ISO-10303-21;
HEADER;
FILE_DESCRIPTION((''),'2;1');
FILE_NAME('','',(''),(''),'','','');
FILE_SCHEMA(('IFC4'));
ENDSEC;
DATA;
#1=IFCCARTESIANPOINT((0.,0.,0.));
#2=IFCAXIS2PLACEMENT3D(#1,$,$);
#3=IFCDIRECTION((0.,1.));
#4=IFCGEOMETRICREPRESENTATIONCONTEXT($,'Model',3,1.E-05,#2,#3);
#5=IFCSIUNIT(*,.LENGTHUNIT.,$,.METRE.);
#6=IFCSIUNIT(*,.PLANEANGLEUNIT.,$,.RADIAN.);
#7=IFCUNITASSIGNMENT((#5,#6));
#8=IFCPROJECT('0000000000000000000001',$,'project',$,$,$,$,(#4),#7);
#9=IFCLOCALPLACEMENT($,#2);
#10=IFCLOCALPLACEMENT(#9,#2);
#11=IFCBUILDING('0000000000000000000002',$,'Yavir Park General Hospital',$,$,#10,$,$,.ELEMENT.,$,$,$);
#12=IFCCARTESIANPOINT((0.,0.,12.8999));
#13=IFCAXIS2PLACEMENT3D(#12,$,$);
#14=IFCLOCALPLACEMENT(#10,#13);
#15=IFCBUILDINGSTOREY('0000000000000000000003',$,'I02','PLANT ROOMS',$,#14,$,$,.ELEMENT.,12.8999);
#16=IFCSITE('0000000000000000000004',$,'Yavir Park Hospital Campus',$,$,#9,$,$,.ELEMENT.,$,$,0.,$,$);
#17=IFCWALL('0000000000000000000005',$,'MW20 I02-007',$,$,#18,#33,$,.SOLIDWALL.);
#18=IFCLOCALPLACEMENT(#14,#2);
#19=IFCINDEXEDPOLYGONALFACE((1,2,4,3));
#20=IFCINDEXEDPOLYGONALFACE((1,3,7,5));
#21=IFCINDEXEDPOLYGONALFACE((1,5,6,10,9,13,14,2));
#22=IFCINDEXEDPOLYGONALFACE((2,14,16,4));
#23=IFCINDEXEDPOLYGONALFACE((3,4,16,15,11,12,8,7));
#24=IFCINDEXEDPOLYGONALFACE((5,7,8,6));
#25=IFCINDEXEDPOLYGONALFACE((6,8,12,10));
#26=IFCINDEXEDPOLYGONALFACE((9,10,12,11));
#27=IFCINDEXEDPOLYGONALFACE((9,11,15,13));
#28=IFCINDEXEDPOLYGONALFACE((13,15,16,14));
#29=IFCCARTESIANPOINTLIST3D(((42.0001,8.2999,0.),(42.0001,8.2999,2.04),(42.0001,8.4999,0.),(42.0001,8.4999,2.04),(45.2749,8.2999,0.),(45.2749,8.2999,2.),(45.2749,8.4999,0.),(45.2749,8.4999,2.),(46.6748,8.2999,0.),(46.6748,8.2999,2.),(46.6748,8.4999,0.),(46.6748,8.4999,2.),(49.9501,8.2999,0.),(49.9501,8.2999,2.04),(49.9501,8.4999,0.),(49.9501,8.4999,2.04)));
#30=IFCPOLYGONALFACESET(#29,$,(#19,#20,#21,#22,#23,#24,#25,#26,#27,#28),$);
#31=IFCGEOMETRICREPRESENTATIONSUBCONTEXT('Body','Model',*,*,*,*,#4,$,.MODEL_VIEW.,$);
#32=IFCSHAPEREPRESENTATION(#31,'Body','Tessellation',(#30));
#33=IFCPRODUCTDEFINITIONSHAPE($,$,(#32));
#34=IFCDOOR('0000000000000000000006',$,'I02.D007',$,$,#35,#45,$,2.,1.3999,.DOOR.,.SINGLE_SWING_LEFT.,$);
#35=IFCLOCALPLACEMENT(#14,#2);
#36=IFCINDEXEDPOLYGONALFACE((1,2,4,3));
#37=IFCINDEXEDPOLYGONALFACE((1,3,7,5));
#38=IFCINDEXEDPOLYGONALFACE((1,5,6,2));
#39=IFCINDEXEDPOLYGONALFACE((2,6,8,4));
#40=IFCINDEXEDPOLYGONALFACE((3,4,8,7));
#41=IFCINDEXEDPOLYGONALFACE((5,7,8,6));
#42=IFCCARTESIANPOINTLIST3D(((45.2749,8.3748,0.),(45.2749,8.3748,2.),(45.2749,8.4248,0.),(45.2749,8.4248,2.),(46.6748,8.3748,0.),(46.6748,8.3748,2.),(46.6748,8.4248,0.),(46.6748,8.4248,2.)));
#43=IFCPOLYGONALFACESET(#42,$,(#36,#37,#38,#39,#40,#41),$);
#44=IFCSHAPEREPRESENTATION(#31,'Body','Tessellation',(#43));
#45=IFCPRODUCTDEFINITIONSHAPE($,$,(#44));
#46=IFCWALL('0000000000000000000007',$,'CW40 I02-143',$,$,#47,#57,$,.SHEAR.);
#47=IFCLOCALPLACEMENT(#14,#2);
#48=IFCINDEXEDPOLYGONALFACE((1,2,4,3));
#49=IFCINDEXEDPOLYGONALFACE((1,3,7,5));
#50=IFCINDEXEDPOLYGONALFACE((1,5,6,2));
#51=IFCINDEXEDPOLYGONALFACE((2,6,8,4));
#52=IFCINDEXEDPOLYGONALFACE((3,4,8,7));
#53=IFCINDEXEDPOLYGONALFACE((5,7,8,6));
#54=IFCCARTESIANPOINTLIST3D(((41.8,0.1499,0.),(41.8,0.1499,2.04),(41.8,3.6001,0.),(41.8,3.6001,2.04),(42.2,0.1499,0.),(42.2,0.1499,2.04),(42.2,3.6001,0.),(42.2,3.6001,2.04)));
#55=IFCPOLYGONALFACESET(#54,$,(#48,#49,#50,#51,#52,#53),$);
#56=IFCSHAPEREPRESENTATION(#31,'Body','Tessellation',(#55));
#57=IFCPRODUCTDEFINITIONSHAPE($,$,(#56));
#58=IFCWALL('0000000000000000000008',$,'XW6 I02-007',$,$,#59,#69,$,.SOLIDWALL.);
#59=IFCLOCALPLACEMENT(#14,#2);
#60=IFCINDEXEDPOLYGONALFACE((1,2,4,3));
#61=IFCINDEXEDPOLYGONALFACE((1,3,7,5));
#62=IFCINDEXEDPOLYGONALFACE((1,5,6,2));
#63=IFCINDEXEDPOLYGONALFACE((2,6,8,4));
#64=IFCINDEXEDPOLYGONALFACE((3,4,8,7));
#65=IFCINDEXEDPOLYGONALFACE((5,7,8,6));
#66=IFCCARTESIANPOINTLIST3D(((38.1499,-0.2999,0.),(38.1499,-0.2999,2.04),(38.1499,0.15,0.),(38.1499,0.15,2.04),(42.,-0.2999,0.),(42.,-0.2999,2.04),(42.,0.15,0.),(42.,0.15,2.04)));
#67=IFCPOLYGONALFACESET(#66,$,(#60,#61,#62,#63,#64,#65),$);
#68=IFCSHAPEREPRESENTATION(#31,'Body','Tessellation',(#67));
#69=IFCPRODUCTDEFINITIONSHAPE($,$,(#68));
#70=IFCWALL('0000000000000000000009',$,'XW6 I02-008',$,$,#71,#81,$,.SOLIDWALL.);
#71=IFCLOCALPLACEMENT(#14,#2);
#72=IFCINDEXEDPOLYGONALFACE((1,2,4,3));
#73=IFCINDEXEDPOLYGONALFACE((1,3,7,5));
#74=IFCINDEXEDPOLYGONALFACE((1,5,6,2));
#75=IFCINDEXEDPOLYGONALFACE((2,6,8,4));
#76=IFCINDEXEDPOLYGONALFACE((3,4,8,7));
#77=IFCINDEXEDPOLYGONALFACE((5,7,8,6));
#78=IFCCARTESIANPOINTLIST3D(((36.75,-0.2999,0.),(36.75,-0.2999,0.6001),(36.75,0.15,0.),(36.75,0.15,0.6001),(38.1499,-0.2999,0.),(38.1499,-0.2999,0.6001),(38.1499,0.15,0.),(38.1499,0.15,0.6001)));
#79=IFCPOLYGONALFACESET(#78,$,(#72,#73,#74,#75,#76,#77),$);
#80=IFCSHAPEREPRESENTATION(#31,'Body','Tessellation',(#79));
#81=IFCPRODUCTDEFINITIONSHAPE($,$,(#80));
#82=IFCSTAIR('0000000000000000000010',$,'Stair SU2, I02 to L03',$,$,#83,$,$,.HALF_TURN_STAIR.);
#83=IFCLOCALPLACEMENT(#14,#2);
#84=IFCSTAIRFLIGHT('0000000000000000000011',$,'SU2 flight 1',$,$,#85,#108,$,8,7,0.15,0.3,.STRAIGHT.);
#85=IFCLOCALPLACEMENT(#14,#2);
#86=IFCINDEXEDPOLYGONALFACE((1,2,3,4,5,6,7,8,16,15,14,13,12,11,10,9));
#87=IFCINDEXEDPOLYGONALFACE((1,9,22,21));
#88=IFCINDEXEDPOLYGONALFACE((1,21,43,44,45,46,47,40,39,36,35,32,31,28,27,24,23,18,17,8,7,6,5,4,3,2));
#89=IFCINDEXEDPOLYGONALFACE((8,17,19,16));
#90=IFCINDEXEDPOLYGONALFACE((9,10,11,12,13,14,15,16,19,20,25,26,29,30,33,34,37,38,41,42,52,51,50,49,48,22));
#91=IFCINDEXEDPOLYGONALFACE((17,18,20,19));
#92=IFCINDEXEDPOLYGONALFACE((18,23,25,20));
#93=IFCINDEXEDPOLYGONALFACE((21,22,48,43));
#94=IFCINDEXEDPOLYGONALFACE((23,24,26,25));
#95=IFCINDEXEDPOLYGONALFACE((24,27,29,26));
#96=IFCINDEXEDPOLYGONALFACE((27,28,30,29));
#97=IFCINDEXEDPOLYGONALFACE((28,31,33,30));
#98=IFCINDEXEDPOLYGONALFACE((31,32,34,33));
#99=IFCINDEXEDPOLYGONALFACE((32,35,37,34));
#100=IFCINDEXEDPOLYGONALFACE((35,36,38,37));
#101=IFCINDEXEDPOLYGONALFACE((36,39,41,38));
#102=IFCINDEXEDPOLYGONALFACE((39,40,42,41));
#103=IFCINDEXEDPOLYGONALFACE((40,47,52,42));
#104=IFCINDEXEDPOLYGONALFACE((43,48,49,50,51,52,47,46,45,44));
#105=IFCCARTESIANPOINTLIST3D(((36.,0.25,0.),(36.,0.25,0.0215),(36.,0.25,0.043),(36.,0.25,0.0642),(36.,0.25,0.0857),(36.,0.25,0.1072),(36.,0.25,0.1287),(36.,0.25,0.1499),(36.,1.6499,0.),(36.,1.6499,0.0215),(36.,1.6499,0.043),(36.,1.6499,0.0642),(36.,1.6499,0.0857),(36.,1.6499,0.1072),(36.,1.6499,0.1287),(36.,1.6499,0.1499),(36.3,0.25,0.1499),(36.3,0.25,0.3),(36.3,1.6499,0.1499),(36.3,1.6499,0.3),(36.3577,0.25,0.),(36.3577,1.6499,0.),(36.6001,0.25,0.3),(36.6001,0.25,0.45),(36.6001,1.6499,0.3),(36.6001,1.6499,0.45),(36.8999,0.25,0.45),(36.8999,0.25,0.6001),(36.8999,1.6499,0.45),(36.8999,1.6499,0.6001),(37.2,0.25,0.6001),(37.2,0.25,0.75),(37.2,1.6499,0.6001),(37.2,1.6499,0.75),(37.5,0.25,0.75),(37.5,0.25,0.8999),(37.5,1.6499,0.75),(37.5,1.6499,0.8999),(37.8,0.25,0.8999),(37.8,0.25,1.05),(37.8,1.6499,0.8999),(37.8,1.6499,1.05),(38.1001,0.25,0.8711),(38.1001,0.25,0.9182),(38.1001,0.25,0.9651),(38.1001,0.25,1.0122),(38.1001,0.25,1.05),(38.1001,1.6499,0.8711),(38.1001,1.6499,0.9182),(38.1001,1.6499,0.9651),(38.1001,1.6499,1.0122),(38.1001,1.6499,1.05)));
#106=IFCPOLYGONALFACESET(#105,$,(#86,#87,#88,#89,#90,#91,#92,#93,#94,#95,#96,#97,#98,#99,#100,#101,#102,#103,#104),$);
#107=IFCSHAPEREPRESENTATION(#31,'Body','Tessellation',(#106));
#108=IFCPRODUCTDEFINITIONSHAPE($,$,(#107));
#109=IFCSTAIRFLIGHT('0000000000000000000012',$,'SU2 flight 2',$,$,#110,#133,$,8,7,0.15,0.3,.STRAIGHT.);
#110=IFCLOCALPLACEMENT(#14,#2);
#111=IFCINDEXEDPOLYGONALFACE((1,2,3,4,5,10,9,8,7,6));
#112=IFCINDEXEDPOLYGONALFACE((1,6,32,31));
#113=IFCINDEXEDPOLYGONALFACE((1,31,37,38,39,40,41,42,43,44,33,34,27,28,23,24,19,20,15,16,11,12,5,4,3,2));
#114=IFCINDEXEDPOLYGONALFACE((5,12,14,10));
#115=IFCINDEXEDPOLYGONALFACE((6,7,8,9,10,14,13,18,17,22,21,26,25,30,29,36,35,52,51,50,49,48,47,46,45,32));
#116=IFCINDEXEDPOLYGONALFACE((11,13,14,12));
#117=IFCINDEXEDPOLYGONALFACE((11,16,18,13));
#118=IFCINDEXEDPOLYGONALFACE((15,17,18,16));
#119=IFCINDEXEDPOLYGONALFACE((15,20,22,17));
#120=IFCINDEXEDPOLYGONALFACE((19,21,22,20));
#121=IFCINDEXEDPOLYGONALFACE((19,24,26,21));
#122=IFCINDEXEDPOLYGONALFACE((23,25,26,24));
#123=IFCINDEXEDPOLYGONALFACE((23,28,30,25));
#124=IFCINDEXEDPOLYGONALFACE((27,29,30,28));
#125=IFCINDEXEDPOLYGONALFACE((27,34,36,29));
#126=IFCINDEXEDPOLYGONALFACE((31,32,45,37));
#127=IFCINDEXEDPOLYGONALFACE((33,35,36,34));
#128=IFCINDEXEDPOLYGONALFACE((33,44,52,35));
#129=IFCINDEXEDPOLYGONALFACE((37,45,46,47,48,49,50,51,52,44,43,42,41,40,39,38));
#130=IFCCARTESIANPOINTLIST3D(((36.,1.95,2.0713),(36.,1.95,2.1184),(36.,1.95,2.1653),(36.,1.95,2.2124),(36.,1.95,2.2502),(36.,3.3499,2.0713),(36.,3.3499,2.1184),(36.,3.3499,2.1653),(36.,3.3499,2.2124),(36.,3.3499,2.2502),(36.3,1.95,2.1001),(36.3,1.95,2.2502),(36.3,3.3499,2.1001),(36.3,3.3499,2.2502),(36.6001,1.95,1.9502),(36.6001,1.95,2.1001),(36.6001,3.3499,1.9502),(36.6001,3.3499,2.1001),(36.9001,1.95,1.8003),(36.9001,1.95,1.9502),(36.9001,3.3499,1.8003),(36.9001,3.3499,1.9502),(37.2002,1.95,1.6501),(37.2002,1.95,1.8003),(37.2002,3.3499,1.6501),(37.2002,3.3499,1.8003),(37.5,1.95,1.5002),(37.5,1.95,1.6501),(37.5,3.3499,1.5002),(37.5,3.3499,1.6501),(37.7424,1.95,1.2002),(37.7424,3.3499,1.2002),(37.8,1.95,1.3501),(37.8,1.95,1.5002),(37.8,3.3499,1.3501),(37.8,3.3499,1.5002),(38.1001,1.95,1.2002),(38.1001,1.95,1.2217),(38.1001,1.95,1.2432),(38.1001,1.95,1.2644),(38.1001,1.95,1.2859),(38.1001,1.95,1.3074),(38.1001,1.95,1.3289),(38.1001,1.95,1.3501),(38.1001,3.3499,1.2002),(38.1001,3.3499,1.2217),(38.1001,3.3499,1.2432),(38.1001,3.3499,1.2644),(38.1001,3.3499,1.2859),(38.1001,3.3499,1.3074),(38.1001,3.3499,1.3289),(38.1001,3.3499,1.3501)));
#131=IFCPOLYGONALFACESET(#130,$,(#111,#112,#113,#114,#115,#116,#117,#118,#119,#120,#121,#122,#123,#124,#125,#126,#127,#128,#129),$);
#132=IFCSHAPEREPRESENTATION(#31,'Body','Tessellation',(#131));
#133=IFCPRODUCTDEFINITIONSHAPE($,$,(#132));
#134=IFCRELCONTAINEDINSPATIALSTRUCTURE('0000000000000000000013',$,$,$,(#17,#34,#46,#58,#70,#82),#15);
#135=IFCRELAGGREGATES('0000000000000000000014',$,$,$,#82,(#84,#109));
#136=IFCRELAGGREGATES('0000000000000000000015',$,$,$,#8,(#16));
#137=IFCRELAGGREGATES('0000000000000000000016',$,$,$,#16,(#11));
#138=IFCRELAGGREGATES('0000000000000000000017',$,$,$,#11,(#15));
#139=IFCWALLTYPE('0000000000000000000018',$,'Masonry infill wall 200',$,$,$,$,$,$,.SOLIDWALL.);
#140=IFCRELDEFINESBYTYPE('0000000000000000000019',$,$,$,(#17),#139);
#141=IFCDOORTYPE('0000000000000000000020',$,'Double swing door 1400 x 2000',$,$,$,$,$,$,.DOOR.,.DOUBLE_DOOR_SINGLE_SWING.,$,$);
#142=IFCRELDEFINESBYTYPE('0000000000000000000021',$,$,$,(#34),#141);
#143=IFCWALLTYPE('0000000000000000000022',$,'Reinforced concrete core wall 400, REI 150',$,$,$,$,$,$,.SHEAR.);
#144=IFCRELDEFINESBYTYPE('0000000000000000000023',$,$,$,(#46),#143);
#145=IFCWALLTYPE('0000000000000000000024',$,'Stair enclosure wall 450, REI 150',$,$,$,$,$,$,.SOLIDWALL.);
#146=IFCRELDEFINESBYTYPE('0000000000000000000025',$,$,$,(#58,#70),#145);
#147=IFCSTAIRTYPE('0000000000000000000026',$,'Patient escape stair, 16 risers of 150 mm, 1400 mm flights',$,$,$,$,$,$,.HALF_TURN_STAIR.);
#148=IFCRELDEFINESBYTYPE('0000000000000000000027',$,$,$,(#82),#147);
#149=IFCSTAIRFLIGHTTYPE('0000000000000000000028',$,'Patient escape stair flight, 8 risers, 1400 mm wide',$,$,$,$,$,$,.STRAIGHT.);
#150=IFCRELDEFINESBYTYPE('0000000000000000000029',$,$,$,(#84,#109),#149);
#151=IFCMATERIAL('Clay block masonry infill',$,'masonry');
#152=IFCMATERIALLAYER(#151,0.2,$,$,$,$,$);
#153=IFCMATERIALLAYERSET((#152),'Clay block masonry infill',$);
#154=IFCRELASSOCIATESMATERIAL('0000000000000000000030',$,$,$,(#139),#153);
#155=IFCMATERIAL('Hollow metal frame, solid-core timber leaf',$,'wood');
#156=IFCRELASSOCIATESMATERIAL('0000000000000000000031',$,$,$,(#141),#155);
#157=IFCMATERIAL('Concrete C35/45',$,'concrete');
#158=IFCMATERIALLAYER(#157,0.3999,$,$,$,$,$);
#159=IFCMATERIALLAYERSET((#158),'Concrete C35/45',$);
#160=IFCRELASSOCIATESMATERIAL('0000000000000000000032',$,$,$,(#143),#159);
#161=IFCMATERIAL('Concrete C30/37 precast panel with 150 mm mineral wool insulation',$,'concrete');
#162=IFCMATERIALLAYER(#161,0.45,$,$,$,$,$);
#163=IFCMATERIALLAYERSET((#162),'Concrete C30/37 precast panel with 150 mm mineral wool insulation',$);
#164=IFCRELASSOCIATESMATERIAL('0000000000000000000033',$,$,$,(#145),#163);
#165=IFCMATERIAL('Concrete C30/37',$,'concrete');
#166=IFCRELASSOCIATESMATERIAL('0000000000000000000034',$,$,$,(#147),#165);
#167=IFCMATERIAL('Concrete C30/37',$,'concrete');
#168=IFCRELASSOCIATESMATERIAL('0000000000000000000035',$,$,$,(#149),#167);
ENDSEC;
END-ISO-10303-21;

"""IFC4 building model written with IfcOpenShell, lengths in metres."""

from ifc_helpers import new_model, si_unit, direction, frame, frame_2d, origin, place, context, subcontext, project, spatial, polyline, rectangle, outline, extrude, material, layer, layer_set, type_object, element, fill, aggregate, save


model = new_model("IFC4")

# Units and contexts
model_context = context("Model", 3, precision=1e-05, world=origin(), true_north=direction((0.0, 1.0)))
body_context = subcontext(model_context, "Body", "Model", "MODEL_VIEW")
ifc_project = project(units=[si_unit("LENGTHUNIT", "METRE"), si_unit("PLANEANGLEUNIT", "RADIAN")], contexts=[model_context])

# Site, building, storey
site_placement = place(None, origin())
site = spatial("IfcSite", under=ifc_project, at=site_placement, Name="Yavir Park Hospital Campus", CompositionType="ELEMENT", RefElevation=0.0)
building_placement = place(site_placement, origin())
building = spatial("IfcBuilding", under=site, at=building_placement, Name="Yavir Park General Hospital", CompositionType="ELEMENT")
storey_placement = place(building_placement, frame((0.0, 0.0, 12.8999)))
storey = spatial("IfcBuildingStorey", under=building, at=storey_placement, Name="I02", Description="PLANT ROOMS", CompositionType="ELEMENT", Elevation=12.8999)

# Wall, opening, door
ifc_material_1 = material(Name="Clay block masonry infill", Category="masonry")
ifc_layer_1 = layer(ifc_material_1, 0.2)
ifc_layer_set_1 = layer_set([ifc_layer_1], Name="Clay block masonry infill")
wall_type_1 = type_object("IfcWallType", Name="Masonry infill wall 200", PredefinedType="SOLIDWALL", material=ifc_layer_set_1)
wall_1_placement = place(storey_placement, frame((42.0, 8.3999, 0.0), z_axis=(0.0, 0.0, 1.0), x_axis=(1.0, 0.0, 0.0)))
wall_1 = element("IfcWall", 1, at=wall_1_placement, inside=storey, type_object=wall_type_1, Name="MW20 I02-007", PredefinedType="SOLIDWALL", context=body_context, shape_type="SweptSolid", body=[
    extrude(rectangle(XDim=7.95, YDim=0.2, at=frame_2d((3.9751, 0.0))), origin(), (0.0, 0.0, 1.0), 2.04),
])
opening_1_placement = place(wall_1_placement, frame((3.2749, 0.0, 0.0)))
opening_1 = element("IfcOpeningElement", 2, at=opening_1_placement, cuts=wall_1, PredefinedType="OPENING", context=body_context, shape_type="SweptSolid", body=[
    extrude(rectangle(XDim=1.3999, YDim=2.0, at=frame_2d((0.7, 1.0))), frame((0.0, 0.1099, 0.0), z_axis=(0.0, -1.0, 0.0), x_axis=(1.0, 0.0, 0.0)), (0.0, 0.0, 1.0), 0.22),
])
ifc_material_2 = material(Name="Hollow metal frame, solid-core timber leaf", Category="wood")
door_type = type_object("IfcDoorType", Name="Double swing door 1400 x 2000", OperationType="DOUBLE_DOOR_SINGLE_SWING", PredefinedType="DOOR", material=ifc_material_2)
door_placement = place(opening_1_placement, origin())
door = element("IfcDoor", 3, at=door_placement, inside=storey, type_object=door_type, Name="I02.D007", OperationType="SINGLE_SWING_LEFT", OverallHeight=2.0, OverallWidth=1.3999, PredefinedType="DOOR", context=body_context, shape_type="SweptSolid", body=[
    extrude(rectangle(XDim=1.3999, YDim=2.0, at=frame_2d((0.7, 1.0))), frame((0.0, 0.0249, 0.0), z_axis=(0.0, -1.0, 0.0), x_axis=(1.0, 0.0, 0.0)), (0.0, 0.0, 1.0), 0.05),
])
fill(opening_1, door)

# Walls
ifc_material_3 = material(Name="Concrete C35/45", Category="concrete")
ifc_layer_2 = layer(ifc_material_3, 0.3999)
ifc_layer_set_2 = layer_set([ifc_layer_2], Name="Concrete C35/45")
wall_type_2 = type_object("IfcWallType", Name="Reinforced concrete core wall 400, REI 150", PredefinedType="SHEAR", material=ifc_layer_set_2)
wall_2_placement = place(storey_placement, frame((42.0, 0.1499, 0.0), z_axis=(0.0, 0.0, 1.0), x_axis=(0.0, 1.0, 0.0)))
element("IfcWall", 4, at=wall_2_placement, inside=storey, type_object=wall_type_2, Name="CW40 I02-143", PredefinedType="SHEAR", context=body_context, shape_type="SweptSolid", body=[
    extrude(rectangle(XDim=3.4502, YDim=0.3999, at=frame_2d((1.7251, 0.0))), origin(), (0.0, 0.0, 1.0), 2.04),
])
ifc_material_4 = material(Name="Concrete C30/37 precast panel with 150 mm mineral wool insulation", Category="concrete")
ifc_layer_3 = layer(ifc_material_4, 0.45)
ifc_layer_set_3 = layer_set([ifc_layer_3], Name="Concrete C30/37 precast panel with 150 mm mineral wool insulation")
wall_type_3 = type_object("IfcWallType", Name="Stair enclosure wall 450, REI 150", PredefinedType="SOLIDWALL", material=ifc_layer_set_3)
wall_3_placement = place(storey_placement, frame((38.1499, -0.075, 0.0), z_axis=(0.0, 0.0, 1.0), x_axis=(1.0, 0.0, 0.0)))
element("IfcWall", 5, at=wall_3_placement, inside=storey, type_object=wall_type_3, Name="XW6 I02-007", PredefinedType="SOLIDWALL", context=body_context, shape_type="SweptSolid", body=[
    extrude(rectangle(XDim=3.8501, YDim=0.45, at=frame_2d((1.925, 0.0))), origin(), (0.0, 0.0, 1.0), 2.04),
])
wall_4_placement = place(storey_placement, frame((36.75, -0.075, 0.0), z_axis=(0.0, 0.0, 1.0), x_axis=(1.0, 0.0, 0.0)))
element("IfcWall", 6, at=wall_4_placement, inside=storey, type_object=wall_type_3, Name="XW6 I02-008", PredefinedType="SOLIDWALL", context=body_context, shape_type="SweptSolid", body=[
    extrude(rectangle(XDim=1.3999, YDim=0.45, at=frame_2d((0.7, 0.0))), origin(), (0.0, 0.0, 1.0), 0.6001),
])

# Stair, stair flights
ifc_material_5 = material(Name="Concrete C30/37", Category="concrete")
stair_type = type_object("IfcStairType", Name="Patient escape stair, 16 risers of 150 mm, 1400 mm flights", PredefinedType="HALF_TURN_STAIR", material=ifc_material_5)
stair_placement = place(storey_placement, origin())
stair = element("IfcStair", 7, at=stair_placement, inside=storey, type_object=stair_type, Name="Stair SU2, I02 to L03", PredefinedType="HALF_TURN_STAIR")
ifc_material_6 = material(Name="Concrete C30/37", Category="concrete")
stair_flight_type = type_object("IfcStairFlightType", Name="Patient escape stair flight, 8 risers, 1400 mm wide", PredefinedType="STRAIGHT", material=ifc_material_6)
stair_flight_1_placement = place(storey_placement, frame((36.0, 0.95, 0.0), z_axis=(0.0, 0.0, 1.0), x_axis=(1.0, 0.0, 0.0)))
stair_flight_1 = element("IfcStairFlight", 8, at=stair_flight_1_placement, type_object=stair_flight_type, Name="SU2 flight 1", NumberOfRisers=8, NumberOfTreads=7, PredefinedType="STRAIGHT", RiserHeight=0.15, TreadLength=0.3, context=body_context, shape_type="SweptSolid", body=[
    extrude(outline(polyline([(0.0, 0.0), (0.0, 0.0215), (0.0, 0.043), (0.0, 0.0642), (0.0, 0.0857), (0.0, 0.1072), (0.0, 0.1287), (0.0, 0.1499), (0.3, 0.1499), (0.3, 0.3), (0.6001, 0.3), (0.6001, 0.45), (0.8999, 0.45), (0.8999, 0.6001), (1.2, 0.6001), (1.2, 0.75), (1.5, 0.75), (1.5, 0.8999), (1.8, 0.8999), (1.8, 1.05), (2.1001, 1.05), (2.1001, 1.2), (2.1001, 1.1531), (2.1001, 1.106), (2.1001, 1.0591), (2.1001, 1.0122), (2.1001, 0.9651), (2.1001, 0.9182), (2.1001, 0.8711), (0.3577, 0.0), (0.0, 0.0)])), frame((0.0, 0.7, 0.0), z_axis=(0.0, -1.0, 0.0), x_axis=(1.0, 0.0, 0.0)), (0.0, 0.0, 1.0), 1.3999),
])
stair_flight_2_placement = place(storey_placement, frame((38.1001, 2.6499, 1.2002), z_axis=(0.0, 0.0, 1.0), x_axis=(-1.0, 0.0, 0.0)))
stair_flight_2 = element("IfcStairFlight", 9, at=stair_flight_2_placement, type_object=stair_flight_type, Name="SU2 flight 2", NumberOfRisers=8, NumberOfTreads=7, PredefinedType="STRAIGHT", RiserHeight=0.15, TreadLength=0.3, context=body_context, shape_type="SweptSolid", body=[
    extrude(outline(polyline([(0.0, 0.0), (0.0, 0.0215), (0.0, 0.043), (0.0, 0.0642), (0.0, 0.0857), (0.0, 0.1072), (0.0, 0.1287), (0.0, 0.1499), (0.3, 0.1499), (0.3, 0.3), (0.6001, 0.3), (0.6001, 0.45), (0.8999, 0.45), (0.8999, 0.6001), (1.2, 0.6001), (1.2, 0.75), (1.5, 0.75), (1.5, 0.8999), (1.8, 0.8999), (1.8, 1.05), (2.1001, 1.05), (2.1001, 1.2), (2.1001, 1.1531), (2.1001, 1.106), (2.1001, 1.0591), (2.1001, 1.0122), (2.1001, 0.9651), (2.1001, 0.9182), (2.1001, 0.8711), (0.3577, 0.0), (0.0, 0.0)])), frame((0.0, 0.7, 0.0), z_axis=(0.0, -1.0, 0.0), x_axis=(1.0, 0.0, 0.0)), (0.0, 0.0, 1.0), 1.3999),
])
aggregate(stair, [stair_flight_1, stair_flight_2])

save(model, "model.ifc")
